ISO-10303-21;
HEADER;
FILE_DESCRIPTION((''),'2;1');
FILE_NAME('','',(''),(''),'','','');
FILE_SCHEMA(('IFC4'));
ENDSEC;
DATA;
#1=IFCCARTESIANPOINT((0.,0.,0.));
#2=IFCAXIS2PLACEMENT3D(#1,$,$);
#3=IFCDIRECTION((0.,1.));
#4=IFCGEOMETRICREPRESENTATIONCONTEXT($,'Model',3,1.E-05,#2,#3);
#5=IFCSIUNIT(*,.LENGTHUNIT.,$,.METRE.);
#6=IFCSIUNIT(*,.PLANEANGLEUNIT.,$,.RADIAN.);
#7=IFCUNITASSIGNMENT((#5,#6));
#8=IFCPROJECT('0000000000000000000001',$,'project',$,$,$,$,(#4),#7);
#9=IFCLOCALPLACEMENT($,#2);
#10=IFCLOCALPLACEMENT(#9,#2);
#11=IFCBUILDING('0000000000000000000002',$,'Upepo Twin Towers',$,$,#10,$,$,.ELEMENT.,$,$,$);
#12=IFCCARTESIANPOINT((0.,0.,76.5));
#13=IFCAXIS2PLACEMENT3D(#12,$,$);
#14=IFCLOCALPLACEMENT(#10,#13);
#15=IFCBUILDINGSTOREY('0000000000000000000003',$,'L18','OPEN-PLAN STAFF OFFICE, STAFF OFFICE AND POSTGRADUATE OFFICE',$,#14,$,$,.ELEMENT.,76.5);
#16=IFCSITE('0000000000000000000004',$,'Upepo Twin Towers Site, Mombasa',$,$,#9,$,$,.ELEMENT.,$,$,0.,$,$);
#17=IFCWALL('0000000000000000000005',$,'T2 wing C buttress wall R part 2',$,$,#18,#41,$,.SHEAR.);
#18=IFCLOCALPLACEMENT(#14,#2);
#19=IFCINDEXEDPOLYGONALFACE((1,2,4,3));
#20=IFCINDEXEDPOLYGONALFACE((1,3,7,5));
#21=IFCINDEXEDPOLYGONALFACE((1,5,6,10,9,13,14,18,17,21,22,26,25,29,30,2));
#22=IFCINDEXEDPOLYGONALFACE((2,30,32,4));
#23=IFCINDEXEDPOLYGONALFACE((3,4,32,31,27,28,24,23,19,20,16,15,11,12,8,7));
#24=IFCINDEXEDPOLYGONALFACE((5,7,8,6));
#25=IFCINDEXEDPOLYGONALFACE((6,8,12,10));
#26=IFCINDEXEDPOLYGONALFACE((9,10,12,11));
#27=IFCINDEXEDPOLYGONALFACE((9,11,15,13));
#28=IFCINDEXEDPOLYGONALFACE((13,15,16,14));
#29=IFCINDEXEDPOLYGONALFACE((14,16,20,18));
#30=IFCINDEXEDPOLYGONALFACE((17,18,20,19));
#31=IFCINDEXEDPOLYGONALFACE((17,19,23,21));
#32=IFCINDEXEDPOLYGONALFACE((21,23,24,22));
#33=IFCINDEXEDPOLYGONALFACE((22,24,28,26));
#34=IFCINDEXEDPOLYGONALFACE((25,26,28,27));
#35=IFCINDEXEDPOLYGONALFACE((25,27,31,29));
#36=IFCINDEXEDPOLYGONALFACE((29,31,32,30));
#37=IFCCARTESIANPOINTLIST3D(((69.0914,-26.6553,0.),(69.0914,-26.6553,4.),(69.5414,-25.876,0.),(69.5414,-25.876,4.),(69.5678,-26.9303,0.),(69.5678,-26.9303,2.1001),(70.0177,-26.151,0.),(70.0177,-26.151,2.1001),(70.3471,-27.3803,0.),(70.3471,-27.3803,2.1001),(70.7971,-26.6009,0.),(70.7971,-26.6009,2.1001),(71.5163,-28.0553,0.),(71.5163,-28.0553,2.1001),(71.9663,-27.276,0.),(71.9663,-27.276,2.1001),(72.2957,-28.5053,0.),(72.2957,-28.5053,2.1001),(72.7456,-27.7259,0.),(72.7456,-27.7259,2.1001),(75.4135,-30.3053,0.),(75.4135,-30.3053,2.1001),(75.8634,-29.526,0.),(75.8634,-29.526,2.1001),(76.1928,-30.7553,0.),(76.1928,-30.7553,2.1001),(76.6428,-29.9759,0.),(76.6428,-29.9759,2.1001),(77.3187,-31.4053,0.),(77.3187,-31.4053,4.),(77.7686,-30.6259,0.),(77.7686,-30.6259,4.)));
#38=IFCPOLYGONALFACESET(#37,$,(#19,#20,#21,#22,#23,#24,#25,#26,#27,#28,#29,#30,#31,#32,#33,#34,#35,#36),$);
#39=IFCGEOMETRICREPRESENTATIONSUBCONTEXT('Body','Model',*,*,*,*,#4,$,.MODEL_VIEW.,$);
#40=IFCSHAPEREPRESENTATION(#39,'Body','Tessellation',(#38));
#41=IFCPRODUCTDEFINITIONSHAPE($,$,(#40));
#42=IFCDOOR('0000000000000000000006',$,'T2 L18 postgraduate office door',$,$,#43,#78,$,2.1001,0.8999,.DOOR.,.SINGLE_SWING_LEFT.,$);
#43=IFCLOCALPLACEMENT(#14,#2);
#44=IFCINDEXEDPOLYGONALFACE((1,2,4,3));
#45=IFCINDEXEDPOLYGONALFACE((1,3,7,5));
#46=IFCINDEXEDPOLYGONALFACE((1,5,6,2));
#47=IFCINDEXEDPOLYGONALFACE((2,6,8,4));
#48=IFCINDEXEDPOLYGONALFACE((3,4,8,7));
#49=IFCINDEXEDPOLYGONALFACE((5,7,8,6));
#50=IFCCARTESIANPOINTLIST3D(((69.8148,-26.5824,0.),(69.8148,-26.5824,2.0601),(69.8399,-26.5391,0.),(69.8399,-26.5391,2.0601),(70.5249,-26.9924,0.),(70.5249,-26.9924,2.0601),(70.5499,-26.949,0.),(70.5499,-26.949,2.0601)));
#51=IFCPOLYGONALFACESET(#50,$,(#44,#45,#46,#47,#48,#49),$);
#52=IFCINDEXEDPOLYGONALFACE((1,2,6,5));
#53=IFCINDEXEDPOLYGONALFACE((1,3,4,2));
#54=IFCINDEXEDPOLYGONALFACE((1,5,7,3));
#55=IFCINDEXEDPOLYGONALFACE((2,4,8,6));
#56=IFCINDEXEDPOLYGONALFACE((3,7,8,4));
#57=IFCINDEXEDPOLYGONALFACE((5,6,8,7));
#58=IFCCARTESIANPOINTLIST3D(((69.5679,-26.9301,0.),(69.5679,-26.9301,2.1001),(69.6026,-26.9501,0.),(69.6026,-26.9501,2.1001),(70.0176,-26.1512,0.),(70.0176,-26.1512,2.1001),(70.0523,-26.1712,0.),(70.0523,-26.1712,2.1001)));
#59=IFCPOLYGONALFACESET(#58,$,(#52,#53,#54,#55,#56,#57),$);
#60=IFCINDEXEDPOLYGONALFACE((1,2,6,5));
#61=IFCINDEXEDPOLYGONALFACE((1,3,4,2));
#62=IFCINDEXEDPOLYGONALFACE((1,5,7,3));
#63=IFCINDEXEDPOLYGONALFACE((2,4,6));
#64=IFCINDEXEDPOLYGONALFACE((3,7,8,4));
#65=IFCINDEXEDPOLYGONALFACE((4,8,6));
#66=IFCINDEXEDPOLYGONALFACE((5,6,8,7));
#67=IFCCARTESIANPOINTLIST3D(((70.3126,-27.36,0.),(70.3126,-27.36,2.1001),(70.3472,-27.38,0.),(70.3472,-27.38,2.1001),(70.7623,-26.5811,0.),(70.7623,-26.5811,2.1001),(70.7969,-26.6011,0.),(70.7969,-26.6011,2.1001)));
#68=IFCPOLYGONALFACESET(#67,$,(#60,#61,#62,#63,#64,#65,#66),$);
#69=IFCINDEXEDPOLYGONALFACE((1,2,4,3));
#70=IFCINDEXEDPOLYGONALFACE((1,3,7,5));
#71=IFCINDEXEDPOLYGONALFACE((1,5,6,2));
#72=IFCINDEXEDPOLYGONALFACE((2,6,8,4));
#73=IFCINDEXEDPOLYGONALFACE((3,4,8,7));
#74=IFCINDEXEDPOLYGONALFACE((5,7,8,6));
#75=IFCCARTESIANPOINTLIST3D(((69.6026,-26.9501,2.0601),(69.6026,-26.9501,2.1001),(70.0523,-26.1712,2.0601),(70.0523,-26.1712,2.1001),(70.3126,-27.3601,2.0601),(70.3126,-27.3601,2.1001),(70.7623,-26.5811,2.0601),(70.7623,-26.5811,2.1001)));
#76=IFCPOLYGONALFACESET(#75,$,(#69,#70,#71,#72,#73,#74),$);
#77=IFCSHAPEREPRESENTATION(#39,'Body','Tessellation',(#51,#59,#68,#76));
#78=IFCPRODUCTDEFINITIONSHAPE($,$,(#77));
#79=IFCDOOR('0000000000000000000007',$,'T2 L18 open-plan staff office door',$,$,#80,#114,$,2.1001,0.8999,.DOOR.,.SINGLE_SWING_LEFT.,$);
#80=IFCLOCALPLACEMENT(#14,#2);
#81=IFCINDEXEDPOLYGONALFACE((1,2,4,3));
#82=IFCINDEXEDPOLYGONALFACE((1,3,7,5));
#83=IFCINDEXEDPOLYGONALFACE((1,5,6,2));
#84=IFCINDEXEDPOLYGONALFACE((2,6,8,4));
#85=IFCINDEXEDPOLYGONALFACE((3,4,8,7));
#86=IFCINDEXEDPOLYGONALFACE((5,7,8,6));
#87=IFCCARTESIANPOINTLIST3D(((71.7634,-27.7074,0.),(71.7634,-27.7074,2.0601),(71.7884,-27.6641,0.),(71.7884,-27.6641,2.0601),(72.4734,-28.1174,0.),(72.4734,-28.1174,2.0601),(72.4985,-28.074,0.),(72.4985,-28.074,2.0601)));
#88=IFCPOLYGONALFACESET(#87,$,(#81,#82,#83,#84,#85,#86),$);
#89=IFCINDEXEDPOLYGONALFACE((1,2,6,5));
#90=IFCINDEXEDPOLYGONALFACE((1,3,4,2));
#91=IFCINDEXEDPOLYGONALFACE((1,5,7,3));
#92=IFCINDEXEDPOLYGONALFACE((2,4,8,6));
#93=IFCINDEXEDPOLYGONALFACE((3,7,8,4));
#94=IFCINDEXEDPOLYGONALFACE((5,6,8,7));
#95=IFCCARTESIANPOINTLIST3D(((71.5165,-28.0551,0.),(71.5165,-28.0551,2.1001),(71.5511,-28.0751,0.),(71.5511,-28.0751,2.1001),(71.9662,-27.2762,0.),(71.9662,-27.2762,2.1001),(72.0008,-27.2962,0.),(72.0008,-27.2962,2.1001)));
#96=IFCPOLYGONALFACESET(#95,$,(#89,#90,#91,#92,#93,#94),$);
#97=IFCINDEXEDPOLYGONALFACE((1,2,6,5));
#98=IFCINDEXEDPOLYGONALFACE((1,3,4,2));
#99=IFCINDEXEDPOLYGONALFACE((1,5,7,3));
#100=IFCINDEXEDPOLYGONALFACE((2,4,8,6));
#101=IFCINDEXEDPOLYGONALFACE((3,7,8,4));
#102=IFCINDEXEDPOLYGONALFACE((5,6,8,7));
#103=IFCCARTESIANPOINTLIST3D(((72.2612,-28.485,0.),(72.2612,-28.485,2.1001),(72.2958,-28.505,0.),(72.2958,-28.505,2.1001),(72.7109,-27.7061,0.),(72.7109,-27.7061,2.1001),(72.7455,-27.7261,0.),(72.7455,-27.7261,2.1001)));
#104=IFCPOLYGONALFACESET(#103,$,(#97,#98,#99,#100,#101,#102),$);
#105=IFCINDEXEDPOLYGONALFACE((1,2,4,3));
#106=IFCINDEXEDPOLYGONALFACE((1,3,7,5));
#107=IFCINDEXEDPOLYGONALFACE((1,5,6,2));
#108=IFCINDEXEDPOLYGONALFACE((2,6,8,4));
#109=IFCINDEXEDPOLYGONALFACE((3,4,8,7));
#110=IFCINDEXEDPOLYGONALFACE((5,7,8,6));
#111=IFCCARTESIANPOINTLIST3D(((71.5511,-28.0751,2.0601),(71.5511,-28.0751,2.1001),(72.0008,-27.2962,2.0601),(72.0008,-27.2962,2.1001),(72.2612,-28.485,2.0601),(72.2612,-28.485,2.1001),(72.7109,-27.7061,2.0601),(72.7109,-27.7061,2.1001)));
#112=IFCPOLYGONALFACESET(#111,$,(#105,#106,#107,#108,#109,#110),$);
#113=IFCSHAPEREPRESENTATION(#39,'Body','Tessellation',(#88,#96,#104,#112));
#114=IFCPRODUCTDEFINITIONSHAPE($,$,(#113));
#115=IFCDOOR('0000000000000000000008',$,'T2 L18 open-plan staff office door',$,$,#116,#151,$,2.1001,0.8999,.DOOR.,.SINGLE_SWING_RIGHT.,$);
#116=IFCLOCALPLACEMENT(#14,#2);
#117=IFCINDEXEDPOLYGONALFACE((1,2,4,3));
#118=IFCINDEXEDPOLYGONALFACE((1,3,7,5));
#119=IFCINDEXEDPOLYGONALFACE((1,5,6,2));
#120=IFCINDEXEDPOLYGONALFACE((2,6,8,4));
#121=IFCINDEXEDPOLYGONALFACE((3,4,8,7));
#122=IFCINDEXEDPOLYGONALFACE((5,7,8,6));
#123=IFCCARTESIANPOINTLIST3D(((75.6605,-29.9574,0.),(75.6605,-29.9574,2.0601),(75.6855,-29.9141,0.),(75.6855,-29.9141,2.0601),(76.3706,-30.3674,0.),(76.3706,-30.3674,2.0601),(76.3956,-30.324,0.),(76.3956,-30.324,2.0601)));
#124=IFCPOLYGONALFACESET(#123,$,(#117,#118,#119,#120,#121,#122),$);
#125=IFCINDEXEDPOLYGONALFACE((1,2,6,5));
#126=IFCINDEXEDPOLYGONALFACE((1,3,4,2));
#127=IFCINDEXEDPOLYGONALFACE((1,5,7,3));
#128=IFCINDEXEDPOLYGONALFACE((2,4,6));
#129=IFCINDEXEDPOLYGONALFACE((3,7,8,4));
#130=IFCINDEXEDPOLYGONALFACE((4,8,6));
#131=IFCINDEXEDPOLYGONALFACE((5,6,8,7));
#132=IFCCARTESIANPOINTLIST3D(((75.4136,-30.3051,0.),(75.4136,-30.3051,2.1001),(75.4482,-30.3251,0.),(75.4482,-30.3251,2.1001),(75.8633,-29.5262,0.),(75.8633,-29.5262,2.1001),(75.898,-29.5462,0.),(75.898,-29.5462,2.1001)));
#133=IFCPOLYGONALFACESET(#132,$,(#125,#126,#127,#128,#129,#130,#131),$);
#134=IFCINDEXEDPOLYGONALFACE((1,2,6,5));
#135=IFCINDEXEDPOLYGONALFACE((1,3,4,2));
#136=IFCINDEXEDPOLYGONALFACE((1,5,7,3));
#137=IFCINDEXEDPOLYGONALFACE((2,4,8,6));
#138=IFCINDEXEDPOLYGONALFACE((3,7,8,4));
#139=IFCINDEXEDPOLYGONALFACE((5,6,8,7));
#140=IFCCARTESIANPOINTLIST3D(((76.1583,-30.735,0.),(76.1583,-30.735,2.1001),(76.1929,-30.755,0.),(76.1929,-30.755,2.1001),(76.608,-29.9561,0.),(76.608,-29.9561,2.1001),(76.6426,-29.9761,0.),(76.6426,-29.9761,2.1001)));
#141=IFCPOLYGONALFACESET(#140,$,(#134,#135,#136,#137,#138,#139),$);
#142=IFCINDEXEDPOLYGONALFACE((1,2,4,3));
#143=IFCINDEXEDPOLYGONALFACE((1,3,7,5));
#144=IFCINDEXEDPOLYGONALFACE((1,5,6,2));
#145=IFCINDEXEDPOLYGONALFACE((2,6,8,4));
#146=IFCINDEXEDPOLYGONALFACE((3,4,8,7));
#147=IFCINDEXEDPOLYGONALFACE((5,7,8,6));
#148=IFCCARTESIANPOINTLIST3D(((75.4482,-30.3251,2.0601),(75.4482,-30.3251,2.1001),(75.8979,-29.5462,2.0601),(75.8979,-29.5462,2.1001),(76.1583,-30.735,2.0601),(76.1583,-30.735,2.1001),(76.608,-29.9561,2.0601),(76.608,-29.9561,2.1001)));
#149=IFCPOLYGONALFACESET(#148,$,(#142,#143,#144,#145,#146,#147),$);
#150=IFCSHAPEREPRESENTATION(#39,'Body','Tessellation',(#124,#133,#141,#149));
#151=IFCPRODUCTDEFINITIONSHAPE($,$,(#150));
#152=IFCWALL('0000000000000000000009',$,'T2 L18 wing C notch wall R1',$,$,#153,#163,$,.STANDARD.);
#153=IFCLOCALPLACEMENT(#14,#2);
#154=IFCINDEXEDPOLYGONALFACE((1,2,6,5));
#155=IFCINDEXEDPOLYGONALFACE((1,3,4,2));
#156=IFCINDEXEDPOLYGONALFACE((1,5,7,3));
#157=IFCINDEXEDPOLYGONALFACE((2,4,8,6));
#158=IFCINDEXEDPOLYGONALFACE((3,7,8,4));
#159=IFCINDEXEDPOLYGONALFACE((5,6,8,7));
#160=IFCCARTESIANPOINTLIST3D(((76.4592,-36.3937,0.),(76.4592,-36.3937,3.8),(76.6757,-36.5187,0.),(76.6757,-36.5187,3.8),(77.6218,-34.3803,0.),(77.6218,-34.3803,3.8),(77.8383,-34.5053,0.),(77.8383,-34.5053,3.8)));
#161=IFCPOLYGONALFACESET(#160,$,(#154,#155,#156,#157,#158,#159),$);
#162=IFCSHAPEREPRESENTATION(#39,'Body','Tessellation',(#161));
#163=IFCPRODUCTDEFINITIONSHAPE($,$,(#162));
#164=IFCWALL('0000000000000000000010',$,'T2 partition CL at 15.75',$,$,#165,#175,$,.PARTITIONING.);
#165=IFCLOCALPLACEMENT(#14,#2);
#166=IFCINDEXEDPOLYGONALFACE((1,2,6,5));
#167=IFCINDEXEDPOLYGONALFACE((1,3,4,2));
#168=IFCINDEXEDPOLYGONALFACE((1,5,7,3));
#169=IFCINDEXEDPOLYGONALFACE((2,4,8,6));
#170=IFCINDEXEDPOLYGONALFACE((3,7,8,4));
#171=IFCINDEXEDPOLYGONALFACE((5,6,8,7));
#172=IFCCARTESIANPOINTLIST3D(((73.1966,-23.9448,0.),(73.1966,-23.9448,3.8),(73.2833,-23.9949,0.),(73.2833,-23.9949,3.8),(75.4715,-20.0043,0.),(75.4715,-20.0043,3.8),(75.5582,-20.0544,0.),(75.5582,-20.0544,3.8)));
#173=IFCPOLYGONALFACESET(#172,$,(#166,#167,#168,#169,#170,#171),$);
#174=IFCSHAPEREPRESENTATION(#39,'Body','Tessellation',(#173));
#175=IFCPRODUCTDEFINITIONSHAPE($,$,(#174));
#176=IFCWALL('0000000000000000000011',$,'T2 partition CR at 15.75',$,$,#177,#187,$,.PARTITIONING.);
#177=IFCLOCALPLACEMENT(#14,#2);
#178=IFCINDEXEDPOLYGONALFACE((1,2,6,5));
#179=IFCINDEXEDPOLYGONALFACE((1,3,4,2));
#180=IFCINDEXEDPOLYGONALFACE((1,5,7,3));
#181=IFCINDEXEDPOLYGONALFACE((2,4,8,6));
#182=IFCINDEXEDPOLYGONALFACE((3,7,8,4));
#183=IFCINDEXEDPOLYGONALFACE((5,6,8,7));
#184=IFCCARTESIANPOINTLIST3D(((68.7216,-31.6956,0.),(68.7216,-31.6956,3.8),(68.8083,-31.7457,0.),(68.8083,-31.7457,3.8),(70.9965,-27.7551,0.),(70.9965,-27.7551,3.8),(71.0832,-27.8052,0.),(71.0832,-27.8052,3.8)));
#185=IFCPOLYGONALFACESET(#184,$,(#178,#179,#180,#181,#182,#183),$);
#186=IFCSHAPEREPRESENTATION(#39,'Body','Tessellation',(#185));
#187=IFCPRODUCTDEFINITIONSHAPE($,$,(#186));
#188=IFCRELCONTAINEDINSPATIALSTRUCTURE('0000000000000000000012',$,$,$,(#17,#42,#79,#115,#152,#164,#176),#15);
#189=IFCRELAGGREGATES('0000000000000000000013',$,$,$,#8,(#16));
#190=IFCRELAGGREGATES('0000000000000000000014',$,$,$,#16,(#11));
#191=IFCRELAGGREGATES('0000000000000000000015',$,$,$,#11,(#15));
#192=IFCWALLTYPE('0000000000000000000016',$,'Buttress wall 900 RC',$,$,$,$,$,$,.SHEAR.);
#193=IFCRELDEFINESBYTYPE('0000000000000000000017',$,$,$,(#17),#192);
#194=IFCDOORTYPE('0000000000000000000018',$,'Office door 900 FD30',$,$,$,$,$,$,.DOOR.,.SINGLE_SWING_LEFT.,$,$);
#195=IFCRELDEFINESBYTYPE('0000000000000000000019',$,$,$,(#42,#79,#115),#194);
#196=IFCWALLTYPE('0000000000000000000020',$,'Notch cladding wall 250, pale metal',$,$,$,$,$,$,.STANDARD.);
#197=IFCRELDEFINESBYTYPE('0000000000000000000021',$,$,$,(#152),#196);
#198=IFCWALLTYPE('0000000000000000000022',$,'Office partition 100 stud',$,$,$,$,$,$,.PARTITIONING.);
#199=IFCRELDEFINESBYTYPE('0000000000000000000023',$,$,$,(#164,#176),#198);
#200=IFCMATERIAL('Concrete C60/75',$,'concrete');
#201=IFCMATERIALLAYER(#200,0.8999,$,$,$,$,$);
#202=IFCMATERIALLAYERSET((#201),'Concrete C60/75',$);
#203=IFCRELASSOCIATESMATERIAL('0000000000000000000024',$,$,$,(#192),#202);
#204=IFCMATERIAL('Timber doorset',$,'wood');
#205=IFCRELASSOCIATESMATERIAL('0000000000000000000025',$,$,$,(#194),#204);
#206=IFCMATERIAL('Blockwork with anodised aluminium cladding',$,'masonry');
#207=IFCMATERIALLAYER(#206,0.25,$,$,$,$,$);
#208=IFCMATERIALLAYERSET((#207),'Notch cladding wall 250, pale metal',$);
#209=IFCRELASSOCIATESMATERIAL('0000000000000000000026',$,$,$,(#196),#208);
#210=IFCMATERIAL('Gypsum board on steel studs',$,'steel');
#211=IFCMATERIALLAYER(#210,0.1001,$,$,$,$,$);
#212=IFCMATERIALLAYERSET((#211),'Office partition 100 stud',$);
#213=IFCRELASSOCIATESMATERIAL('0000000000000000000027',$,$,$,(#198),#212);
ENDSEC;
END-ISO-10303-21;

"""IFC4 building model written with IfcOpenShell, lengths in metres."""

from ifc_helpers import new_model, si_unit, direction, frame, frame_2d, origin, place, context, subcontext, project, spatial, rectangle, extrude, material, layer, layer_set, type_object, element, fill, save


model = new_model("IFC4")

# Units and contexts
model_context = context("Model", 3, precision=1e-05, world=origin(), true_north=direction((0.0, 1.0)))
body_context = subcontext(model_context, "Body", "Model", "MODEL_VIEW")
ifc_project = project(units=[si_unit("LENGTHUNIT", "METRE"), si_unit("PLANEANGLEUNIT", "RADIAN")], contexts=[model_context])

# Site, building, storey
site_placement = place(None, origin())
site = spatial("IfcSite", under=ifc_project, at=site_placement, Name="Upepo Twin Towers Site, Mombasa", CompositionType="ELEMENT", RefElevation=0.0)
building_placement = place(site_placement, origin())
building = spatial("IfcBuilding", under=site, at=building_placement, Name="Upepo Twin Towers", CompositionType="ELEMENT")
storey_placement = place(building_placement, frame((0.0, 0.0, 76.5)))
storey = spatial("IfcBuildingStorey", under=building, at=storey_placement, Name="L18", Description="OPEN-PLAN STAFF OFFICE, STAFF OFFICE AND POSTGRADUATE OFFICE", CompositionType="ELEMENT", Elevation=76.5)

# Wall, openings, doors
ifc_material_1 = material(Name="Concrete C60/75", Category="concrete")
ifc_layer_1 = layer(ifc_material_1, 0.8999)
ifc_layer_set_1 = layer_set([ifc_layer_1], Name="Concrete C60/75")
wall_type_1 = type_object("IfcWallType", Name="Buttress wall 900 RC", PredefinedType="SHEAR", material=ifc_layer_set_1)
ifc_material_2 = material(Name="Timber doorset", Category="wood")
door_type = type_object("IfcDoorType", Name="Office door 900 FD30", OperationType="SINGLE_SWING_LEFT", PredefinedType="DOOR", material=ifc_material_2)
wall_1_placement = place(storey_placement, frame((69.3164, -26.2656, 0.0), z_axis=(0.0, 0.0, 1.0), x_axis=(0.866027, -0.499998, 0.0)))
wall_1 = element("IfcWall", 1, at=wall_1_placement, inside=storey, type_object=wall_type_1, Name="T2 wing C buttress wall R part 2", PredefinedType="SHEAR", context=body_context, shape_type="SweptSolid", body=[
    extrude(rectangle(XDim=9.5, YDim=0.8999, at=frame_2d((4.75, 0.0))), origin(), (0.0, 0.0, 1.0), 4.0),
])
opening_1_placement = place(wall_1_placement, frame((0.55, 0.0, 0.0)))
opening_1 = element("IfcOpeningElement", 2, at=opening_1_placement, cuts=wall_1, PredefinedType="OPENING", context=body_context, shape_type="SweptSolid", body=[
    extrude(rectangle(XDim=0.8999, YDim=2.1001, at=frame_2d((0.45, 1.05))), frame((0.0, 0.46, 0.0), z_axis=(0.0, -1.0, 0.0), x_axis=(1.0, 0.0, 0.0)), (0.0, 0.0, 1.0), 0.9199),
])
opening_2_placement = place(wall_1_placement, frame((2.8, 0.0, 0.0)))
opening_2 = element("IfcOpeningElement", 3, at=opening_2_placement, cuts=wall_1, PredefinedType="OPENING", context=body_context, shape_type="SweptSolid", body=[
    extrude(rectangle(XDim=0.8999, YDim=2.1001, at=frame_2d((0.45, 1.05))), frame((0.0, 0.46, 0.0), z_axis=(0.0, -1.0, 0.0), x_axis=(1.0, 0.0, 0.0)), (0.0, 0.0, 1.0), 0.9199),
])
opening_3_placement = place(wall_1_placement, frame((7.3, 0.0, 0.0)))
opening_3 = element("IfcOpeningElement", 4, at=opening_3_placement, cuts=wall_1, PredefinedType="OPENING", context=body_context, shape_type="SweptSolid", body=[
    extrude(rectangle(XDim=0.8999, YDim=2.1001, at=frame_2d((0.45, 1.05))), frame((0.0, 0.46, 0.0), z_axis=(0.0, -1.0, 0.0), x_axis=(1.0, 0.0, 0.0)), (0.0, 0.0, 1.0), 0.9199),
])
door_1_placement = place(opening_1_placement, origin())
door_1 = element("IfcDoor", 5, at=door_1_placement, inside=storey, type_object=door_type, Name="T2 L18 postgraduate office door", OperationType="SINGLE_SWING_LEFT", OverallHeight=2.1001, OverallWidth=0.8999, PredefinedType="DOOR", context=body_context, shape_type="SweptSolid", body=[
    extrude(rectangle(XDim=0.8199, YDim=2.0601, at=frame_2d((0.45, 1.03))), frame((0.0, 0.0249, 0.0), z_axis=(0.0, -1.0, 0.0), x_axis=(1.0, 0.0, 0.0)), (0.0, 0.0, 1.0), 0.05),
    extrude(rectangle(XDim=0.04, YDim=2.1001, at=frame_2d((0.02, 1.05))), frame((0.0, 0.4497, 0.0), z_axis=(0.0, -1.0, 0.0), x_axis=(1.0, 0.0, 0.0)), (0.0, 0.0, 1.0), 0.8994),
    extrude(rectangle(XDim=0.04, YDim=2.1001, at=frame_2d((0.8799, 1.05))), frame((0.0, 0.4497, 0.0), z_axis=(0.0, -1.0, 0.0), x_axis=(1.0, 0.0, 0.0)), (0.0, 0.0, 1.0), 0.8994),
    extrude(rectangle(XDim=0.8199, YDim=0.04, at=frame_2d((0.45, 2.0801))), frame((0.0, 0.4497, 0.0), z_axis=(0.0, -1.0, 0.0), x_axis=(1.0, 0.0, 0.0)), (0.0, 0.0, 1.0), 0.8994),
])
fill(opening_1, door_1)
door_2_placement = place(opening_2_placement, origin())
door_2 = element("IfcDoor", 6, at=door_2_placement, inside=storey, type_object=door_type, Name="T2 L18 open-plan staff office door", OperationType="SINGLE_SWING_LEFT", OverallHeight=2.1001, OverallWidth=0.8999, PredefinedType="DOOR", context=body_context, shape_type="SweptSolid", body=[
    extrude(rectangle(XDim=0.8199, YDim=2.0601, at=frame_2d((0.45, 1.03))), frame((0.0, 0.0249, 0.0), z_axis=(0.0, -1.0, 0.0), x_axis=(1.0, 0.0, 0.0)), (0.0, 0.0, 1.0), 0.05),
    extrude(rectangle(XDim=0.04, YDim=2.1001, at=frame_2d((0.02, 1.05))), frame((0.0, 0.4497, 0.0), z_axis=(0.0, -1.0, 0.0), x_axis=(1.0, 0.0, 0.0)), (0.0, 0.0, 1.0), 0.8994),
    extrude(rectangle(XDim=0.04, YDim=2.1001, at=frame_2d((0.8799, 1.05))), frame((0.0, 0.4497, 0.0), z_axis=(0.0, -1.0, 0.0), x_axis=(1.0, 0.0, 0.0)), (0.0, 0.0, 1.0), 0.8994),
    extrude(rectangle(XDim=0.8199, YDim=0.04, at=frame_2d((0.45, 2.0801))), frame((0.0, 0.4497, 0.0), z_axis=(0.0, -1.0, 0.0), x_axis=(1.0, 0.0, 0.0)), (0.0, 0.0, 1.0), 0.8994),
])
fill(opening_2, door_2)
door_3_placement = place(opening_3_placement, origin())
door_3 = element("IfcDoor", 7, at=door_3_placement, inside=storey, type_object=door_type, Name="T2 L18 open-plan staff office door", OperationType="SINGLE_SWING_RIGHT", OverallHeight=2.1001, OverallWidth=0.8999, PredefinedType="DOOR", context=body_context, shape_type="SweptSolid", body=[
    extrude(rectangle(XDim=0.8199, YDim=2.0601, at=frame_2d((0.45, 1.03))), frame((0.0, 0.0249, 0.0), z_axis=(0.0, -1.0, 0.0), x_axis=(1.0, 0.0, 0.0)), (0.0, 0.0, 1.0), 0.05),
    extrude(rectangle(XDim=0.04, YDim=2.1001, at=frame_2d((0.02, 1.05))), frame((0.0, 0.4497, 0.0), z_axis=(0.0, -1.0, 0.0), x_axis=(1.0, 0.0, 0.0)), (0.0, 0.0, 1.0), 0.8994),
    extrude(rectangle(XDim=0.04, YDim=2.1001, at=frame_2d((0.8799, 1.05))), frame((0.0, 0.4497, 0.0), z_axis=(0.0, -1.0, 0.0), x_axis=(1.0, 0.0, 0.0)), (0.0, 0.0, 1.0), 0.8994),
    extrude(rectangle(XDim=0.8199, YDim=0.04, at=frame_2d((0.45, 2.0801))), frame((0.0, 0.4497, 0.0), z_axis=(0.0, -1.0, 0.0), x_axis=(1.0, 0.0, 0.0)), (0.0, 0.0, 1.0), 0.8994),
])
fill(opening_3, door_3)

# Walls
ifc_material_3 = material(Name="Blockwork with anodised aluminium cladding", Category="masonry")
ifc_layer_2 = layer(ifc_material_3, 0.25)
ifc_layer_set_2 = layer_set([ifc_layer_2], Name="Notch cladding wall 250, pale metal")
wall_type_2 = type_object("IfcWallType", Name="Notch cladding wall 250, pale metal", PredefinedType="STANDARD", material=ifc_layer_set_2)
wall_2_placement = place(storey_placement, frame((76.5674, -36.4563, 0.0), z_axis=(0.0, 0.0, 1.0), x_axis=(0.500047, 0.865998, 0.0)))
element("IfcWall", 8, at=wall_2_placement, inside=storey, type_object=wall_type_2, Name="T2 L18 wing C notch wall R1", PredefinedType="STANDARD", context=body_context, shape_type="SweptSolid", body=[
    extrude(rectangle(XDim=2.325, YDim=0.25, at=frame_2d((1.1626, 0.0))), origin(), (0.0, 0.0, 1.0), 3.8),
])
ifc_material_4 = material(Name="Gypsum board on steel studs", Category="steel")
ifc_layer_3 = layer(ifc_material_4, 0.1001)
ifc_layer_set_3 = layer_set([ifc_layer_3], Name="Office partition 100 stud")
wall_type_3 = type_object("IfcWallType", Name="Office partition 100 stud", PredefinedType="PARTITIONING", material=ifc_layer_set_3)
for number, where, z_axis, x_axis, name in (
    (9, (73.24, -23.9697, 0.0), (0.0, 0.0, 1.0), (0.499983, 0.866035, 0.0), "T2 partition CL at 15.75"),
    (10, (71.0398, -27.7803, 0.0), (0.0, 0.0, 1.0), (-0.499983, -0.866035, 0.0), "T2 partition CR at 15.75"),
):
    element("IfcWall", number, at=place(storey_placement, frame(where, z_axis=z_axis, x_axis=x_axis)), inside=storey, type_object=wall_type_3, Name=name, PredefinedType="PARTITIONING", context=body_context, shape_type="SweptSolid", body=[
        extrude(rectangle(XDim=4.55, YDim=0.1001, at=frame_2d((2.2749, 0.0))), origin(), (0.0, 0.0, 1.0), 3.8),
    ])

save(model, "model.ifc")
